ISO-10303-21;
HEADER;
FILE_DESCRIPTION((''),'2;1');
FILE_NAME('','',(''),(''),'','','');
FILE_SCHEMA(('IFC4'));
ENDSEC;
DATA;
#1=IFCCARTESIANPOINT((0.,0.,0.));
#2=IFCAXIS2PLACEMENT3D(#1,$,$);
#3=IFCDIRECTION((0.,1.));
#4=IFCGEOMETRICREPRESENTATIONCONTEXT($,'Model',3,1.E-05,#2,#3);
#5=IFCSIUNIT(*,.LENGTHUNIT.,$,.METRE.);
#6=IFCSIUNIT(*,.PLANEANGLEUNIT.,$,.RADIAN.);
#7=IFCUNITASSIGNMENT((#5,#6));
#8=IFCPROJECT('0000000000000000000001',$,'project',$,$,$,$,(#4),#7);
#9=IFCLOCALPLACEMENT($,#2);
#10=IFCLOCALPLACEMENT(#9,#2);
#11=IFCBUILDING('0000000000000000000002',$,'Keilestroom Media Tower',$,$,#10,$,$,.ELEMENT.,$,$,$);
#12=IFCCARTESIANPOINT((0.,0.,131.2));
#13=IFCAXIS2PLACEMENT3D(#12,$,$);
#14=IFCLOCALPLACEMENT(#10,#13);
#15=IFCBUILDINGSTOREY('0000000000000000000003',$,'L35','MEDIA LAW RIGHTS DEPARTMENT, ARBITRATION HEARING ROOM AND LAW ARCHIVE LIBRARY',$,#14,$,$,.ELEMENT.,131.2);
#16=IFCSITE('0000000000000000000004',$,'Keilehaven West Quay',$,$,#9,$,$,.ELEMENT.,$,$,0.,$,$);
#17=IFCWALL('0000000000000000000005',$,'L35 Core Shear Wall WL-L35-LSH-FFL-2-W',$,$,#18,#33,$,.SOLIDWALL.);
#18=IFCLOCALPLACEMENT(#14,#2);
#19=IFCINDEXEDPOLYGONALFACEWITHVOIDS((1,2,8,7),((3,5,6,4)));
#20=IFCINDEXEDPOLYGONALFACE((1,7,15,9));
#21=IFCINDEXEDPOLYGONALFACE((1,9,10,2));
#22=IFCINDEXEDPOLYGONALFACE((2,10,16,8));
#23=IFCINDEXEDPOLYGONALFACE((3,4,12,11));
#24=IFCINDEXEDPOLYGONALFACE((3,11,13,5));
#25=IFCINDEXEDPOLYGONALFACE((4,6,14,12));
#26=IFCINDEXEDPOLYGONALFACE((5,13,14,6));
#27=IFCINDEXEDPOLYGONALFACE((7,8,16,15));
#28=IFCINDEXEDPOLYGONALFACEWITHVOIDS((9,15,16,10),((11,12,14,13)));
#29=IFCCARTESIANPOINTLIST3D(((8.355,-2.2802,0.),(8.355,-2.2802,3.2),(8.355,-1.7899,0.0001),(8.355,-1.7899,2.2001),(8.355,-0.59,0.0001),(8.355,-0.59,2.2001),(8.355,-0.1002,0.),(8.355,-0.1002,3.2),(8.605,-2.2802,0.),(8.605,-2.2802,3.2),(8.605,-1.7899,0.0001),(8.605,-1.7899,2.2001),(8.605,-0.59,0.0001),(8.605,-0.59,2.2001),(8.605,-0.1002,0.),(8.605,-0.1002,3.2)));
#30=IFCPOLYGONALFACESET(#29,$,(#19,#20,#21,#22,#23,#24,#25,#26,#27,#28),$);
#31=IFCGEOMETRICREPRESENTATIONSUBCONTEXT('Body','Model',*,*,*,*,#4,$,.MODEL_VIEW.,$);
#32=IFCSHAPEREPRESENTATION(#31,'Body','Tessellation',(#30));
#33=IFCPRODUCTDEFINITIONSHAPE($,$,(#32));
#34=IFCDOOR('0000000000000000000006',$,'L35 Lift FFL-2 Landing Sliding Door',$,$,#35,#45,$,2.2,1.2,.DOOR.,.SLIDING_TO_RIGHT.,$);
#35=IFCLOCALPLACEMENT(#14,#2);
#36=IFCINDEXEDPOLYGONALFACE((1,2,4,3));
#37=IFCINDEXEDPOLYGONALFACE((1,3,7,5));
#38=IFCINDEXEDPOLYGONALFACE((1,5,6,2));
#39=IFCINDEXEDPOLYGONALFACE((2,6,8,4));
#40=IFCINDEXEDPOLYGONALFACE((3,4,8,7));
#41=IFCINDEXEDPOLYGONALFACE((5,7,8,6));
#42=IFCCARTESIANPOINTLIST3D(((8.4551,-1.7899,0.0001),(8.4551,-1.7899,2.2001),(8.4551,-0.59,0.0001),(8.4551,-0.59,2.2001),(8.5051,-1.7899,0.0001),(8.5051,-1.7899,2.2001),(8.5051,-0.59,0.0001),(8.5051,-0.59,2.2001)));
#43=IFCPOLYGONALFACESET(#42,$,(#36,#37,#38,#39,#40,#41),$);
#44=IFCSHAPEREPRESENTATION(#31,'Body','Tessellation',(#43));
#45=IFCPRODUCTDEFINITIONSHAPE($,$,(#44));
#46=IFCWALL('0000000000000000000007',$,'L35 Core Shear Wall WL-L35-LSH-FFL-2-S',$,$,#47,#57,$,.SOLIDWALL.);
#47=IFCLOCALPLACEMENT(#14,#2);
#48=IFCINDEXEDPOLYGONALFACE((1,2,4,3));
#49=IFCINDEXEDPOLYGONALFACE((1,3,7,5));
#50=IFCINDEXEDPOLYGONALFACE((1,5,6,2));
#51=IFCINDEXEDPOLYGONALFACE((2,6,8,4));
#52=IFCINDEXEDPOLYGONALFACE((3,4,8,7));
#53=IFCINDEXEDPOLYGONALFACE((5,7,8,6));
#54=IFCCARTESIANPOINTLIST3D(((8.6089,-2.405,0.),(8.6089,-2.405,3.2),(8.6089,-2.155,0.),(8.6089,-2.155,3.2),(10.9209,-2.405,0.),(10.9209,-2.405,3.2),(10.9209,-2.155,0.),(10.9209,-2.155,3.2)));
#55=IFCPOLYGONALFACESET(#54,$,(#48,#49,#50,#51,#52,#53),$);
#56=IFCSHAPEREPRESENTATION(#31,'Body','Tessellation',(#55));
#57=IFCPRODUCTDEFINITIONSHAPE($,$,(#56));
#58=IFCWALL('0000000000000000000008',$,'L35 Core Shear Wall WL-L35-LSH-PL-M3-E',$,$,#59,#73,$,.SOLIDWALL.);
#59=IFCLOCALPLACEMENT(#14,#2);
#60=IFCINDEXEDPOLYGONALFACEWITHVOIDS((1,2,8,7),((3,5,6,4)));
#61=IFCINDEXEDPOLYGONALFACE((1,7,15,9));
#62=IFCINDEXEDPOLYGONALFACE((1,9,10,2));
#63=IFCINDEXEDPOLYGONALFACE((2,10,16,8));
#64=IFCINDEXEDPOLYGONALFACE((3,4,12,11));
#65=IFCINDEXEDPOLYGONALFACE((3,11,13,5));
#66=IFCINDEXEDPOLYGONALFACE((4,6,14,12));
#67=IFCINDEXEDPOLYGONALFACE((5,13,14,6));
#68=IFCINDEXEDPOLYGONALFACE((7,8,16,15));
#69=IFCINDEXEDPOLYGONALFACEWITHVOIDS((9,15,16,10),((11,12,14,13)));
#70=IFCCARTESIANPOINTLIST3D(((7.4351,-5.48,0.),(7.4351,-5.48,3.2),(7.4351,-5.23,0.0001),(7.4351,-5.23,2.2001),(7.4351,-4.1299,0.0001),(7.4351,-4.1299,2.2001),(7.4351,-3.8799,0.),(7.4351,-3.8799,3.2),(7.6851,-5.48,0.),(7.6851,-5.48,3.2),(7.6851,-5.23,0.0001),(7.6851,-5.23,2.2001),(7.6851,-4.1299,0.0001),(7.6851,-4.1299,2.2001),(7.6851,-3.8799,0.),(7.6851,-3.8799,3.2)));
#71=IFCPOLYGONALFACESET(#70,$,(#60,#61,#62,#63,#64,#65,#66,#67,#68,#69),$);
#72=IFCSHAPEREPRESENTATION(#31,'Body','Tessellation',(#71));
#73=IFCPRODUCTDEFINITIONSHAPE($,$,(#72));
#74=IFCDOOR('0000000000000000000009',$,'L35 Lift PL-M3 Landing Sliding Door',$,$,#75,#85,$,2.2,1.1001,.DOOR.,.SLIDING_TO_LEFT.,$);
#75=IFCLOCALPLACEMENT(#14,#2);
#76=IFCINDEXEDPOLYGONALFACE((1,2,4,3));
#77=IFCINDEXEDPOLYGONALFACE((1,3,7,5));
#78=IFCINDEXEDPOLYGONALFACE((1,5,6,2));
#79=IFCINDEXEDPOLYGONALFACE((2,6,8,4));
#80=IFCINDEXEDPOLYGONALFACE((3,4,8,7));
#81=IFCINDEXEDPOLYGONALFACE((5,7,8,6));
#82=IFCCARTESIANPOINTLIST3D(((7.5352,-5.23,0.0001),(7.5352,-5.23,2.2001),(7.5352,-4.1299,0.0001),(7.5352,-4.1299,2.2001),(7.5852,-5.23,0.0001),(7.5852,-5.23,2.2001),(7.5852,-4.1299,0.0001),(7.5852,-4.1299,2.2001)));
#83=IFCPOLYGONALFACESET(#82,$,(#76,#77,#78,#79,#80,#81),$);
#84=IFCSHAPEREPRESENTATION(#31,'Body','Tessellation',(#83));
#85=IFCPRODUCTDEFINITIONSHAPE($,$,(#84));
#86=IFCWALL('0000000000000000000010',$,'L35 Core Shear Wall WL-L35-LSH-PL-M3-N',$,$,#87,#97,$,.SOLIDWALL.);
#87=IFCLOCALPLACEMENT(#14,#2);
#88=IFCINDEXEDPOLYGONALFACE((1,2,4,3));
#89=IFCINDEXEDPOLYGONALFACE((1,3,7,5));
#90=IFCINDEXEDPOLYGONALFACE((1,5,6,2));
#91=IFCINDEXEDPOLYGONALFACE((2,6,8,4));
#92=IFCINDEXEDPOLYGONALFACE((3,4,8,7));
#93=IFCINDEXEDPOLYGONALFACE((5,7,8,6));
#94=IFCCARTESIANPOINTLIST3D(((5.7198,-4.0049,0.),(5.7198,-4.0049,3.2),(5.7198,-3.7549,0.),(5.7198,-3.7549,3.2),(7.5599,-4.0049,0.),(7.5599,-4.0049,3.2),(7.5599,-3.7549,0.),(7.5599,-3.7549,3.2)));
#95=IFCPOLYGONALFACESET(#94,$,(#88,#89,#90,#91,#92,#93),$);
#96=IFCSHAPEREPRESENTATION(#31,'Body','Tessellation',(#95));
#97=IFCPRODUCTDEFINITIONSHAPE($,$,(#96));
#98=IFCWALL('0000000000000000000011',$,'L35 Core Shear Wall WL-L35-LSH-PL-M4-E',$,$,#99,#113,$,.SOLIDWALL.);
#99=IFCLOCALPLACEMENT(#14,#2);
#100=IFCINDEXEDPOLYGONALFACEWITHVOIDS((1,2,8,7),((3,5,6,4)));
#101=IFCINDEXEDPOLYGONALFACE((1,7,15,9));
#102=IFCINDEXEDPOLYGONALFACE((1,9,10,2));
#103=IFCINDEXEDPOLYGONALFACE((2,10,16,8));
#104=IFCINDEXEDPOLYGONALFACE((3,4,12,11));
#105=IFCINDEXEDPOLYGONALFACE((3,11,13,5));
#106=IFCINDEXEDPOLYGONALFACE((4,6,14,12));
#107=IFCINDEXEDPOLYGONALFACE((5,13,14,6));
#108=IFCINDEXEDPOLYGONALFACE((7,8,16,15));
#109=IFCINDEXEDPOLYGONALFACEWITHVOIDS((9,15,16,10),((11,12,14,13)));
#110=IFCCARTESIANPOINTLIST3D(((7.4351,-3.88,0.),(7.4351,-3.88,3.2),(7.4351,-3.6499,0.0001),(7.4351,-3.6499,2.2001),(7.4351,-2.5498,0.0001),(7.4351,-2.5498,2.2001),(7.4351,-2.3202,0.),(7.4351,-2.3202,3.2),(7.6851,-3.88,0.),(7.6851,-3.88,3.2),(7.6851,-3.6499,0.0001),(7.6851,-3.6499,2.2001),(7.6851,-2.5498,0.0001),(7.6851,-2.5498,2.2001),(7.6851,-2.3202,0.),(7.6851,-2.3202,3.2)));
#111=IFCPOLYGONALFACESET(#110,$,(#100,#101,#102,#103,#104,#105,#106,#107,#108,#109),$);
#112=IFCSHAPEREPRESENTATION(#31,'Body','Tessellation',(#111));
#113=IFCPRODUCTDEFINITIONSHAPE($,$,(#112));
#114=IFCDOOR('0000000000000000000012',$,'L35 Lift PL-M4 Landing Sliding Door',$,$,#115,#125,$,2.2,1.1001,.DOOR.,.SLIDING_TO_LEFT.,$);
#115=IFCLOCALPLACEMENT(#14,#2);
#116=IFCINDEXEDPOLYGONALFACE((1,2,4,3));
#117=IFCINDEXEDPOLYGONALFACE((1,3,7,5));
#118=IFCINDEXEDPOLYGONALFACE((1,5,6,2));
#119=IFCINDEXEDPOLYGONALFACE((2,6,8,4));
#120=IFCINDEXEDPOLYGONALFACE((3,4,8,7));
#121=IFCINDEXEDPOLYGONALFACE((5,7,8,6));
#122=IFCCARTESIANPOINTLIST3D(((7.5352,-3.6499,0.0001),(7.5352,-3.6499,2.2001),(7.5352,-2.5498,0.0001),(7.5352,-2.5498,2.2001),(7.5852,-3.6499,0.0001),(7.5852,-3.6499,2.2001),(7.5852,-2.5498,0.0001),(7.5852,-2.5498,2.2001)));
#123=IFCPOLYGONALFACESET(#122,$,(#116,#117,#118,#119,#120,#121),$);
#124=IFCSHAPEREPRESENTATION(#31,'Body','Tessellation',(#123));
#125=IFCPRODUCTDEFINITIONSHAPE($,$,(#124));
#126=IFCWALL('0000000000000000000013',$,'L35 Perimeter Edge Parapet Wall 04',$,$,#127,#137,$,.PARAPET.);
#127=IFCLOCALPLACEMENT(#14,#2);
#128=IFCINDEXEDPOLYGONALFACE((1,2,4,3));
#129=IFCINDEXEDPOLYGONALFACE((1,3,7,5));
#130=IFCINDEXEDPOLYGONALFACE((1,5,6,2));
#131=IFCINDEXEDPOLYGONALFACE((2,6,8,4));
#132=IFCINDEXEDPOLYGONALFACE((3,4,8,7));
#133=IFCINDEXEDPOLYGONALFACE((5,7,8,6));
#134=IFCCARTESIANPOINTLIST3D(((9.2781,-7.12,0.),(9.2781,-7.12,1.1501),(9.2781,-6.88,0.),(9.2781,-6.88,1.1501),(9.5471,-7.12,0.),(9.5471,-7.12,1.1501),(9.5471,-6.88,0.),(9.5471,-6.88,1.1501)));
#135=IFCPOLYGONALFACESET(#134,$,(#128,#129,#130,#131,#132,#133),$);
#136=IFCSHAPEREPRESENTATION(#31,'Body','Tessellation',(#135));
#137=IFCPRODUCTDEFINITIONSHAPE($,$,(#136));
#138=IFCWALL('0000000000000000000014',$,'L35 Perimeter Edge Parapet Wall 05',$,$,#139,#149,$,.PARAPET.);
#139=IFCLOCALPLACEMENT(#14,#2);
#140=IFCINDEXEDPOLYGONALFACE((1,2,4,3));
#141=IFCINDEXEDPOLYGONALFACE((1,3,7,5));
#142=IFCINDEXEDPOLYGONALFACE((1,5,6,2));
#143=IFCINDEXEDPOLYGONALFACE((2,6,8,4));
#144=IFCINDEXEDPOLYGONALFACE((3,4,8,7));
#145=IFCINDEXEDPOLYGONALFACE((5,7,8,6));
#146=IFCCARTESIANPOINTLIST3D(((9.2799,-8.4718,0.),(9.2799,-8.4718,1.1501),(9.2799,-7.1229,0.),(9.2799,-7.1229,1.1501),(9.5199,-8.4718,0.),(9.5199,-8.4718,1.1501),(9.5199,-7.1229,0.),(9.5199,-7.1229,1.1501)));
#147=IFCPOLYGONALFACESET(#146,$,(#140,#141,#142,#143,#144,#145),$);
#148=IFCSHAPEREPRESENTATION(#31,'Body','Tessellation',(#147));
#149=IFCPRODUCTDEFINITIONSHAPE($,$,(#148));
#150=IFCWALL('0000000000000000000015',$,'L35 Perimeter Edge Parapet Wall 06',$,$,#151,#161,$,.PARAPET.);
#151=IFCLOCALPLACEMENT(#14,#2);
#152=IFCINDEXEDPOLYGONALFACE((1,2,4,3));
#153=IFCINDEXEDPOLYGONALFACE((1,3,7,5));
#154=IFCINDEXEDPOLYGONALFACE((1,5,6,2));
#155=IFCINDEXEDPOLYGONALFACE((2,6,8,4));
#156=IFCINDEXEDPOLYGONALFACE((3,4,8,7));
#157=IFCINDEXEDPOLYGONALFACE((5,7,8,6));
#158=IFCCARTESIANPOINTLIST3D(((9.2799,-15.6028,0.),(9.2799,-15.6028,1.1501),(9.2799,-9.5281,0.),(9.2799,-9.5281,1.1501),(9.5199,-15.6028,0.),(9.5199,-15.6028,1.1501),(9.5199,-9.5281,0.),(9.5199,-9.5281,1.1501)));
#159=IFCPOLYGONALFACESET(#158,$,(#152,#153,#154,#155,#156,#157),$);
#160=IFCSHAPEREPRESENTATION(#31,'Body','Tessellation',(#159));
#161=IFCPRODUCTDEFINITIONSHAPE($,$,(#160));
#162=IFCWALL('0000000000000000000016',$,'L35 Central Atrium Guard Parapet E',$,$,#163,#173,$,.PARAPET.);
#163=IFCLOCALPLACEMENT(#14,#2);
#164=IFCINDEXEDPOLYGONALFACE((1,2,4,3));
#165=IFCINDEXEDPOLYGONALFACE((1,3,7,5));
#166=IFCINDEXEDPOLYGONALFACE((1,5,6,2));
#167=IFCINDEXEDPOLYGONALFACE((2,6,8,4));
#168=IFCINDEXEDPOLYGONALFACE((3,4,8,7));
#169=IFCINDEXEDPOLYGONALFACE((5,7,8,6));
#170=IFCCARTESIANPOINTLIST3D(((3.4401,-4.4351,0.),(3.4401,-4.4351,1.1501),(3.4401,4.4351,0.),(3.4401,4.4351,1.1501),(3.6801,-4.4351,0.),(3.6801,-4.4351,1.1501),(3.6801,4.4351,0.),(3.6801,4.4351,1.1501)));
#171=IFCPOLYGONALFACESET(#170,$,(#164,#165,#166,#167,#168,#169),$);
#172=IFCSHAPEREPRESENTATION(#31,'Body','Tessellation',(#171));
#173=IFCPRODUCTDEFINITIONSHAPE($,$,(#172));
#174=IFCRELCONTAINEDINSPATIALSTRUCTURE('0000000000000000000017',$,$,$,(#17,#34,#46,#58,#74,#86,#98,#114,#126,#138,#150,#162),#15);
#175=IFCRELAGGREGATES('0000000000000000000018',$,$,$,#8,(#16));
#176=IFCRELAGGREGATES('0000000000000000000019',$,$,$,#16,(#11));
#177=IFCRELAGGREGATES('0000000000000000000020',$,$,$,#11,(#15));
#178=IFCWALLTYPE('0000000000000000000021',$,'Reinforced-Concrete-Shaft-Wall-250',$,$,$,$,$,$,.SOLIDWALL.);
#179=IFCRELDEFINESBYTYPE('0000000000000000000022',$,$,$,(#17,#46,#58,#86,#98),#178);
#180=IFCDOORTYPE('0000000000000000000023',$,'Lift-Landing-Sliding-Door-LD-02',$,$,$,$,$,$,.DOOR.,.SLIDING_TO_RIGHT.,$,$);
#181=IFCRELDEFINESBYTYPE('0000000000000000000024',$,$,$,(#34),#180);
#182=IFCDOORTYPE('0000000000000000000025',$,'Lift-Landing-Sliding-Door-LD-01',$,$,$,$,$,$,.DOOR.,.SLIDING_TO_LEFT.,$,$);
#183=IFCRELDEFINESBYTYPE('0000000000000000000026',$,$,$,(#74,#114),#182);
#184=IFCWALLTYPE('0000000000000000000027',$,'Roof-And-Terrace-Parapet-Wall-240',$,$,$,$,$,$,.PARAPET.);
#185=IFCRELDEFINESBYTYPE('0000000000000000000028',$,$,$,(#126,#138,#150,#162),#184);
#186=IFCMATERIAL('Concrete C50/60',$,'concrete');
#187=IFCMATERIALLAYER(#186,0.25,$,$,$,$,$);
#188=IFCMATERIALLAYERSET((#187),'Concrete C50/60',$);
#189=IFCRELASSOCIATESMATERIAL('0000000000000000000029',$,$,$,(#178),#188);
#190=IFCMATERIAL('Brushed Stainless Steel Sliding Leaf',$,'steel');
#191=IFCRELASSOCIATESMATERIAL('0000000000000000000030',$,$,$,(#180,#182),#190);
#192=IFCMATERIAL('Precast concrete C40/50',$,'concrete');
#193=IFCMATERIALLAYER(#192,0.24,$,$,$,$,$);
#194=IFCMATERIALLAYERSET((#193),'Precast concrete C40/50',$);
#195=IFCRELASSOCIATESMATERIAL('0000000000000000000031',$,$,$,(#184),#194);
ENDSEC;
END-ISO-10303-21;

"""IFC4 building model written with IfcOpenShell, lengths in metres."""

from ifc_helpers import new_model, si_unit, direction, frame, frame_2d, origin, place, context, subcontext, project, spatial, rectangle, extrude, source, transform, mapped, material, layer, layer_set, type_object, element, fill, save


model = new_model("IFC4")

# Units and contexts
model_context = context("Model", 3, precision=1e-05, world=origin(), true_north=direction((0.0, 1.0)))
body_context = subcontext(model_context, "Body", "Model", "MODEL_VIEW")
ifc_project = project(units=[si_unit("LENGTHUNIT", "METRE"), si_unit("PLANEANGLEUNIT", "RADIAN")], contexts=[model_context])

# Site, building, storey
site_placement = place(None, origin())
site = spatial("IfcSite", under=ifc_project, at=site_placement, Name="Keilehaven West Quay", CompositionType="ELEMENT", RefElevation=0.0)
building_placement = place(site_placement, origin())
building = spatial("IfcBuilding", under=site, at=building_placement, Name="Keilestroom Media Tower", CompositionType="ELEMENT")
storey_placement = place(building_placement, frame((0.0, 0.0, 131.2)))
storey = spatial("IfcBuildingStorey", under=building, at=storey_placement, Name="L35", Description="MEDIA LAW RIGHTS DEPARTMENT, ARBITRATION HEARING ROOM AND LAW ARCHIVE LIBRARY", CompositionType="ELEMENT", Elevation=131.2)

# Shared definitions
shared_shape_1 = source(origin(), body_context, "Body", "SweptSolid", [
    extrude(rectangle(XDim=1.2, YDim=2.2, at=frame_2d((0.6001, 1.1001))), frame((0.0, 0.0249, 0.0), z_axis=(0.0, -1.0, 0.0), x_axis=(1.0, 0.0, 0.0)), (0.0, 0.0, 1.0), 0.05),
])

# Shared definitions
ifc_material_1 = material(Name="Concrete C50/60", Category="concrete")
ifc_layer_1 = layer(ifc_material_1, 0.25)
ifc_layer_set_1 = layer_set([ifc_layer_1], Name="Concrete C50/60")
wall_type_1 = type_object("IfcWallType", Name="Reinforced-Concrete-Shaft-Wall-250", PredefinedType="SOLIDWALL", material=ifc_layer_set_1)

# Wall, opening, door
wall_1_placement = place(storey_placement, frame((8.48, -2.28, 0.0), z_axis=(0.0, 0.0, 1.0), x_axis=(0.0, 1.0, 0.0)))
wall_1 = element("IfcWall", 1, at=wall_1_placement, inside=storey, type_object=wall_type_1, Name="L35 Core Shear Wall WL-L35-LSH-FFL-2-W", PredefinedType="SOLIDWALL", context=body_context, shape_type="SweptSolid", body=[
    extrude(rectangle(XDim=2.1799, YDim=0.25, at=frame_2d((1.0898, 0.0))), origin(), (0.0, 0.0, 1.0), 3.2),
])
opening_1_placement = place(wall_1_placement, frame((0.49, 0.0, 0.0)))
opening_1 = element("IfcOpeningElement", 2, at=opening_1_placement, cuts=wall_1, PredefinedType="OPENING", context=body_context, shape_type="SweptSolid", body=[
    extrude(rectangle(XDim=1.2, YDim=2.2, at=frame_2d((0.6001, 1.1001))), frame((0.0, 0.135, 0.0), z_axis=(0.0, -1.0, 0.0), x_axis=(1.0, 0.0, 0.0)), (0.0, 0.0, 1.0), 0.27),
])
ifc_material_2 = material(Name="Brushed Stainless Steel Sliding Leaf", Category="steel")
door_type_1 = type_object("IfcDoorType", Name="Lift-Landing-Sliding-Door-LD-02", OperationType="SLIDING_TO_RIGHT", PredefinedType="DOOR", material=ifc_material_2)
door_1_placement = place(opening_1_placement, origin())
door_1 = element("IfcDoor", 3, at=door_1_placement, inside=storey, type_object=door_type_1, Name="L35 Lift FFL-2 Landing Sliding Door", OperationType="SLIDING_TO_RIGHT", OverallHeight=2.2, OverallWidth=1.2, PredefinedType="DOOR", context=body_context, shape_type="MappedRepresentation", body=[
    mapped(shared_shape_1, transform((0.0, 0.0, 0.0), x_axis=(1.0, 0.0, 0.0), y_axis=(0.0, 1.0, 0.0), z_axis=(0.0, 0.0, 1.0), scale=1.0)),
])
fill(opening_1, door_1)

# Wall
wall_2_placement = place(storey_placement, frame((8.6089, -2.28, 0.0), z_axis=(0.0, 0.0, 1.0), x_axis=(1.0, 0.0, 0.0)))
element("IfcWall", 4, at=wall_2_placement, inside=storey, type_object=wall_type_1, Name="L35 Core Shear Wall WL-L35-LSH-FFL-2-S", PredefinedType="SOLIDWALL", context=body_context, shape_type="SweptSolid", body=[
    extrude(rectangle(XDim=2.312, YDim=0.25, at=frame_2d((1.156, 0.0))), origin(), (0.0, 0.0, 1.0), 3.2),
])

# Wall, opening, door
wall_3_placement = place(storey_placement, frame((7.5601, -5.48, 0.0), z_axis=(0.0, 0.0, 1.0), x_axis=(0.0, 1.0, 0.0)))
wall_3 = element("IfcWall", 5, at=wall_3_placement, inside=storey, type_object=wall_type_1, Name="L35 Core Shear Wall WL-L35-LSH-PL-M3-E", PredefinedType="SOLIDWALL", context=body_context, shape_type="SweptSolid", body=[
    extrude(rectangle(XDim=1.6001, YDim=0.25, at=frame_2d((0.8, 0.0))), origin(), (0.0, 0.0, 1.0), 3.2),
])
opening_2_placement = place(wall_3_placement, frame((0.25, 0.0, 0.0)))
opening_2 = element("IfcOpeningElement", 6, at=opening_2_placement, cuts=wall_3, PredefinedType="OPENING", context=body_context, shape_type="SweptSolid", body=[
    extrude(rectangle(XDim=1.1001, YDim=2.2, at=frame_2d((0.55, 1.1001))), frame((0.0, 0.135, 0.0), z_axis=(0.0, -1.0, 0.0), x_axis=(1.0, 0.0, 0.0)), (0.0, 0.0, 1.0), 0.27),
])
door_type_2 = type_object("IfcDoorType", Name="Lift-Landing-Sliding-Door-LD-01", OperationType="SLIDING_TO_LEFT", PredefinedType="DOOR", material=ifc_material_2)
shared_shape_2 = source(origin(), body_context, "Body", "SweptSolid", [
    extrude(rectangle(XDim=1.1001, YDim=2.2, at=frame_2d((0.55, 1.1001))), frame((0.0, 0.0249, 0.0), z_axis=(0.0, -1.0, 0.0), x_axis=(1.0, 0.0, 0.0)), (0.0, 0.0, 1.0), 0.05),
])
door_2_placement = place(opening_2_placement, origin())
door_2 = element("IfcDoor", 7, at=door_2_placement, inside=storey, type_object=door_type_2, Name="L35 Lift PL-M3 Landing Sliding Door", OperationType="SLIDING_TO_LEFT", OverallHeight=2.2, OverallWidth=1.1001, PredefinedType="DOOR", context=body_context, shape_type="MappedRepresentation", body=[
    mapped(shared_shape_2, transform((0.0, 0.0, 0.0), x_axis=(1.0, 0.0, 0.0), y_axis=(0.0, 1.0, 0.0), z_axis=(0.0, 0.0, 1.0), scale=1.0)),
])
fill(opening_2, door_2)

# Wall
wall_4_placement = place(storey_placement, frame((5.72, -3.8799, 0.0), z_axis=(0.0, 0.0, 1.0), x_axis=(1.0, 0.0, 0.0)))
element("IfcWall", 8, at=wall_4_placement, inside=storey, type_object=wall_type_1, Name="L35 Core Shear Wall WL-L35-LSH-PL-M3-N", PredefinedType="SOLIDWALL", context=body_context, shape_type="SweptSolid", body=[
    extrude(rectangle(XDim=1.8401, YDim=0.25, at=frame_2d((0.9199, 0.0))), origin(), (0.0, 0.0, 1.0), 3.2),
])

# Wall, opening, door
wall_5_placement = place(storey_placement, frame((7.5601, -3.8799, 0.0), z_axis=(0.0, 0.0, 1.0), x_axis=(0.0, 1.0, 0.0)))
wall_5 = element("IfcWall", 9, at=wall_5_placement, inside=storey, type_object=wall_type_1, Name="L35 Core Shear Wall WL-L35-LSH-PL-M4-E", PredefinedType="SOLIDWALL", context=body_context, shape_type="SweptSolid", body=[
    extrude(rectangle(XDim=1.5598, YDim=0.25, at=frame_2d((0.7798, 0.0))), origin(), (0.0, 0.0, 1.0), 3.2),
])
opening_3_placement = place(wall_5_placement, frame((0.23, 0.0, 0.0)))
opening_3 = element("IfcOpeningElement", 10, at=opening_3_placement, cuts=wall_5, PredefinedType="OPENING", context=body_context, shape_type="SweptSolid", body=[
    extrude(rectangle(XDim=1.1001, YDim=2.2, at=frame_2d((0.55, 1.1001))), frame((0.0, 0.135, 0.0), z_axis=(0.0, -1.0, 0.0), x_axis=(1.0, 0.0, 0.0)), (0.0, 0.0, 1.0), 0.27),
])
door_3_placement = place(opening_3_placement, origin())
door_3 = element("IfcDoor", 11, at=door_3_placement, inside=storey, type_object=door_type_2, Name="L35 Lift PL-M4 Landing Sliding Door", OperationType="SLIDING_TO_LEFT", OverallHeight=2.2, OverallWidth=1.1001, PredefinedType="DOOR", context=body_context, shape_type="MappedRepresentation", body=[
    mapped(shared_shape_2, transform((0.0, 0.0, 0.0), x_axis=(1.0, 0.0, 0.0), y_axis=(0.0, 1.0, 0.0), z_axis=(0.0, 0.0, 1.0), scale=1.0)),
])
fill(opening_3, door_3)

# Walls
ifc_material_3 = material(Name="Precast concrete C40/50", Category="concrete")
ifc_layer_2 = layer(ifc_material_3, 0.24)
ifc_layer_set_2 = layer_set([ifc_layer_2], Name="Precast concrete C40/50")
wall_type_2 = type_object("IfcWallType", Name="Roof-And-Terrace-Parapet-Wall-240", PredefinedType="PARAPET", material=ifc_layer_set_2)
wall_6_placement = place(storey_placement, frame((9.5471, -7.0, 0.0), z_axis=(0.0, 0.0, 1.0), x_axis=(-1.0, 0.0, 0.0)))
element("IfcWall", 12, at=wall_6_placement, inside=storey, type_object=wall_type_2, Name="L35 Perimeter Edge Parapet Wall 04", PredefinedType="PARAPET", context=body_context, shape_type="SweptSolid", body=[
    extrude(rectangle(XDim=0.269, YDim=0.24, at=frame_2d((0.1345, 0.0))), origin(), (0.0, 0.0, 1.0), 1.1501),
])
wall_7_placement = place(storey_placement, frame((9.3999, -7.123, 0.0), z_axis=(0.0, 0.0, 1.0), x_axis=(0.0, -1.0, 0.0)))
element("IfcWall", 13, at=wall_7_placement, inside=storey, type_object=wall_type_2, Name="L35 Perimeter Edge Parapet Wall 05", PredefinedType="PARAPET", context=body_context, shape_type="SweptSolid", body=[
    extrude(rectangle(XDim=1.3489, YDim=0.24, at=frame_2d((0.6743, 0.0))), origin(), (0.0, 0.0, 1.0), 1.1501),
])
wall_8_placement = place(storey_placement, frame((9.3999, -9.5281, 0.0), z_axis=(0.0, 0.0, 1.0), x_axis=(0.0, -1.0, 0.0)))
element("IfcWall", 14, at=wall_8_placement, inside=storey, type_object=wall_type_2, Name="L35 Perimeter Edge Parapet Wall 06", PredefinedType="PARAPET", context=body_context, shape_type="SweptSolid", body=[
    extrude(rectangle(XDim=6.0747, YDim=0.24, at=frame_2d((3.0374, 0.0))), origin(), (0.0, 0.0, 1.0), 1.1501),
])
wall_9_placement = place(storey_placement, frame((3.5601, -4.4351, 0.0), z_axis=(0.0, 0.0, 1.0), x_axis=(0.0, 1.0, 0.0)))
element("IfcWall", 15, at=wall_9_placement, inside=storey, type_object=wall_type_2, Name="L35 Central Atrium Guard Parapet E", PredefinedType="PARAPET", context=body_context, shape_type="SweptSolid", body=[
    extrude(rectangle(XDim=8.8701, YDim=0.24, at=frame_2d((4.4351, 0.0))), origin(), (0.0, 0.0, 1.0), 1.1501),
])

save(model, "model.ifc")
